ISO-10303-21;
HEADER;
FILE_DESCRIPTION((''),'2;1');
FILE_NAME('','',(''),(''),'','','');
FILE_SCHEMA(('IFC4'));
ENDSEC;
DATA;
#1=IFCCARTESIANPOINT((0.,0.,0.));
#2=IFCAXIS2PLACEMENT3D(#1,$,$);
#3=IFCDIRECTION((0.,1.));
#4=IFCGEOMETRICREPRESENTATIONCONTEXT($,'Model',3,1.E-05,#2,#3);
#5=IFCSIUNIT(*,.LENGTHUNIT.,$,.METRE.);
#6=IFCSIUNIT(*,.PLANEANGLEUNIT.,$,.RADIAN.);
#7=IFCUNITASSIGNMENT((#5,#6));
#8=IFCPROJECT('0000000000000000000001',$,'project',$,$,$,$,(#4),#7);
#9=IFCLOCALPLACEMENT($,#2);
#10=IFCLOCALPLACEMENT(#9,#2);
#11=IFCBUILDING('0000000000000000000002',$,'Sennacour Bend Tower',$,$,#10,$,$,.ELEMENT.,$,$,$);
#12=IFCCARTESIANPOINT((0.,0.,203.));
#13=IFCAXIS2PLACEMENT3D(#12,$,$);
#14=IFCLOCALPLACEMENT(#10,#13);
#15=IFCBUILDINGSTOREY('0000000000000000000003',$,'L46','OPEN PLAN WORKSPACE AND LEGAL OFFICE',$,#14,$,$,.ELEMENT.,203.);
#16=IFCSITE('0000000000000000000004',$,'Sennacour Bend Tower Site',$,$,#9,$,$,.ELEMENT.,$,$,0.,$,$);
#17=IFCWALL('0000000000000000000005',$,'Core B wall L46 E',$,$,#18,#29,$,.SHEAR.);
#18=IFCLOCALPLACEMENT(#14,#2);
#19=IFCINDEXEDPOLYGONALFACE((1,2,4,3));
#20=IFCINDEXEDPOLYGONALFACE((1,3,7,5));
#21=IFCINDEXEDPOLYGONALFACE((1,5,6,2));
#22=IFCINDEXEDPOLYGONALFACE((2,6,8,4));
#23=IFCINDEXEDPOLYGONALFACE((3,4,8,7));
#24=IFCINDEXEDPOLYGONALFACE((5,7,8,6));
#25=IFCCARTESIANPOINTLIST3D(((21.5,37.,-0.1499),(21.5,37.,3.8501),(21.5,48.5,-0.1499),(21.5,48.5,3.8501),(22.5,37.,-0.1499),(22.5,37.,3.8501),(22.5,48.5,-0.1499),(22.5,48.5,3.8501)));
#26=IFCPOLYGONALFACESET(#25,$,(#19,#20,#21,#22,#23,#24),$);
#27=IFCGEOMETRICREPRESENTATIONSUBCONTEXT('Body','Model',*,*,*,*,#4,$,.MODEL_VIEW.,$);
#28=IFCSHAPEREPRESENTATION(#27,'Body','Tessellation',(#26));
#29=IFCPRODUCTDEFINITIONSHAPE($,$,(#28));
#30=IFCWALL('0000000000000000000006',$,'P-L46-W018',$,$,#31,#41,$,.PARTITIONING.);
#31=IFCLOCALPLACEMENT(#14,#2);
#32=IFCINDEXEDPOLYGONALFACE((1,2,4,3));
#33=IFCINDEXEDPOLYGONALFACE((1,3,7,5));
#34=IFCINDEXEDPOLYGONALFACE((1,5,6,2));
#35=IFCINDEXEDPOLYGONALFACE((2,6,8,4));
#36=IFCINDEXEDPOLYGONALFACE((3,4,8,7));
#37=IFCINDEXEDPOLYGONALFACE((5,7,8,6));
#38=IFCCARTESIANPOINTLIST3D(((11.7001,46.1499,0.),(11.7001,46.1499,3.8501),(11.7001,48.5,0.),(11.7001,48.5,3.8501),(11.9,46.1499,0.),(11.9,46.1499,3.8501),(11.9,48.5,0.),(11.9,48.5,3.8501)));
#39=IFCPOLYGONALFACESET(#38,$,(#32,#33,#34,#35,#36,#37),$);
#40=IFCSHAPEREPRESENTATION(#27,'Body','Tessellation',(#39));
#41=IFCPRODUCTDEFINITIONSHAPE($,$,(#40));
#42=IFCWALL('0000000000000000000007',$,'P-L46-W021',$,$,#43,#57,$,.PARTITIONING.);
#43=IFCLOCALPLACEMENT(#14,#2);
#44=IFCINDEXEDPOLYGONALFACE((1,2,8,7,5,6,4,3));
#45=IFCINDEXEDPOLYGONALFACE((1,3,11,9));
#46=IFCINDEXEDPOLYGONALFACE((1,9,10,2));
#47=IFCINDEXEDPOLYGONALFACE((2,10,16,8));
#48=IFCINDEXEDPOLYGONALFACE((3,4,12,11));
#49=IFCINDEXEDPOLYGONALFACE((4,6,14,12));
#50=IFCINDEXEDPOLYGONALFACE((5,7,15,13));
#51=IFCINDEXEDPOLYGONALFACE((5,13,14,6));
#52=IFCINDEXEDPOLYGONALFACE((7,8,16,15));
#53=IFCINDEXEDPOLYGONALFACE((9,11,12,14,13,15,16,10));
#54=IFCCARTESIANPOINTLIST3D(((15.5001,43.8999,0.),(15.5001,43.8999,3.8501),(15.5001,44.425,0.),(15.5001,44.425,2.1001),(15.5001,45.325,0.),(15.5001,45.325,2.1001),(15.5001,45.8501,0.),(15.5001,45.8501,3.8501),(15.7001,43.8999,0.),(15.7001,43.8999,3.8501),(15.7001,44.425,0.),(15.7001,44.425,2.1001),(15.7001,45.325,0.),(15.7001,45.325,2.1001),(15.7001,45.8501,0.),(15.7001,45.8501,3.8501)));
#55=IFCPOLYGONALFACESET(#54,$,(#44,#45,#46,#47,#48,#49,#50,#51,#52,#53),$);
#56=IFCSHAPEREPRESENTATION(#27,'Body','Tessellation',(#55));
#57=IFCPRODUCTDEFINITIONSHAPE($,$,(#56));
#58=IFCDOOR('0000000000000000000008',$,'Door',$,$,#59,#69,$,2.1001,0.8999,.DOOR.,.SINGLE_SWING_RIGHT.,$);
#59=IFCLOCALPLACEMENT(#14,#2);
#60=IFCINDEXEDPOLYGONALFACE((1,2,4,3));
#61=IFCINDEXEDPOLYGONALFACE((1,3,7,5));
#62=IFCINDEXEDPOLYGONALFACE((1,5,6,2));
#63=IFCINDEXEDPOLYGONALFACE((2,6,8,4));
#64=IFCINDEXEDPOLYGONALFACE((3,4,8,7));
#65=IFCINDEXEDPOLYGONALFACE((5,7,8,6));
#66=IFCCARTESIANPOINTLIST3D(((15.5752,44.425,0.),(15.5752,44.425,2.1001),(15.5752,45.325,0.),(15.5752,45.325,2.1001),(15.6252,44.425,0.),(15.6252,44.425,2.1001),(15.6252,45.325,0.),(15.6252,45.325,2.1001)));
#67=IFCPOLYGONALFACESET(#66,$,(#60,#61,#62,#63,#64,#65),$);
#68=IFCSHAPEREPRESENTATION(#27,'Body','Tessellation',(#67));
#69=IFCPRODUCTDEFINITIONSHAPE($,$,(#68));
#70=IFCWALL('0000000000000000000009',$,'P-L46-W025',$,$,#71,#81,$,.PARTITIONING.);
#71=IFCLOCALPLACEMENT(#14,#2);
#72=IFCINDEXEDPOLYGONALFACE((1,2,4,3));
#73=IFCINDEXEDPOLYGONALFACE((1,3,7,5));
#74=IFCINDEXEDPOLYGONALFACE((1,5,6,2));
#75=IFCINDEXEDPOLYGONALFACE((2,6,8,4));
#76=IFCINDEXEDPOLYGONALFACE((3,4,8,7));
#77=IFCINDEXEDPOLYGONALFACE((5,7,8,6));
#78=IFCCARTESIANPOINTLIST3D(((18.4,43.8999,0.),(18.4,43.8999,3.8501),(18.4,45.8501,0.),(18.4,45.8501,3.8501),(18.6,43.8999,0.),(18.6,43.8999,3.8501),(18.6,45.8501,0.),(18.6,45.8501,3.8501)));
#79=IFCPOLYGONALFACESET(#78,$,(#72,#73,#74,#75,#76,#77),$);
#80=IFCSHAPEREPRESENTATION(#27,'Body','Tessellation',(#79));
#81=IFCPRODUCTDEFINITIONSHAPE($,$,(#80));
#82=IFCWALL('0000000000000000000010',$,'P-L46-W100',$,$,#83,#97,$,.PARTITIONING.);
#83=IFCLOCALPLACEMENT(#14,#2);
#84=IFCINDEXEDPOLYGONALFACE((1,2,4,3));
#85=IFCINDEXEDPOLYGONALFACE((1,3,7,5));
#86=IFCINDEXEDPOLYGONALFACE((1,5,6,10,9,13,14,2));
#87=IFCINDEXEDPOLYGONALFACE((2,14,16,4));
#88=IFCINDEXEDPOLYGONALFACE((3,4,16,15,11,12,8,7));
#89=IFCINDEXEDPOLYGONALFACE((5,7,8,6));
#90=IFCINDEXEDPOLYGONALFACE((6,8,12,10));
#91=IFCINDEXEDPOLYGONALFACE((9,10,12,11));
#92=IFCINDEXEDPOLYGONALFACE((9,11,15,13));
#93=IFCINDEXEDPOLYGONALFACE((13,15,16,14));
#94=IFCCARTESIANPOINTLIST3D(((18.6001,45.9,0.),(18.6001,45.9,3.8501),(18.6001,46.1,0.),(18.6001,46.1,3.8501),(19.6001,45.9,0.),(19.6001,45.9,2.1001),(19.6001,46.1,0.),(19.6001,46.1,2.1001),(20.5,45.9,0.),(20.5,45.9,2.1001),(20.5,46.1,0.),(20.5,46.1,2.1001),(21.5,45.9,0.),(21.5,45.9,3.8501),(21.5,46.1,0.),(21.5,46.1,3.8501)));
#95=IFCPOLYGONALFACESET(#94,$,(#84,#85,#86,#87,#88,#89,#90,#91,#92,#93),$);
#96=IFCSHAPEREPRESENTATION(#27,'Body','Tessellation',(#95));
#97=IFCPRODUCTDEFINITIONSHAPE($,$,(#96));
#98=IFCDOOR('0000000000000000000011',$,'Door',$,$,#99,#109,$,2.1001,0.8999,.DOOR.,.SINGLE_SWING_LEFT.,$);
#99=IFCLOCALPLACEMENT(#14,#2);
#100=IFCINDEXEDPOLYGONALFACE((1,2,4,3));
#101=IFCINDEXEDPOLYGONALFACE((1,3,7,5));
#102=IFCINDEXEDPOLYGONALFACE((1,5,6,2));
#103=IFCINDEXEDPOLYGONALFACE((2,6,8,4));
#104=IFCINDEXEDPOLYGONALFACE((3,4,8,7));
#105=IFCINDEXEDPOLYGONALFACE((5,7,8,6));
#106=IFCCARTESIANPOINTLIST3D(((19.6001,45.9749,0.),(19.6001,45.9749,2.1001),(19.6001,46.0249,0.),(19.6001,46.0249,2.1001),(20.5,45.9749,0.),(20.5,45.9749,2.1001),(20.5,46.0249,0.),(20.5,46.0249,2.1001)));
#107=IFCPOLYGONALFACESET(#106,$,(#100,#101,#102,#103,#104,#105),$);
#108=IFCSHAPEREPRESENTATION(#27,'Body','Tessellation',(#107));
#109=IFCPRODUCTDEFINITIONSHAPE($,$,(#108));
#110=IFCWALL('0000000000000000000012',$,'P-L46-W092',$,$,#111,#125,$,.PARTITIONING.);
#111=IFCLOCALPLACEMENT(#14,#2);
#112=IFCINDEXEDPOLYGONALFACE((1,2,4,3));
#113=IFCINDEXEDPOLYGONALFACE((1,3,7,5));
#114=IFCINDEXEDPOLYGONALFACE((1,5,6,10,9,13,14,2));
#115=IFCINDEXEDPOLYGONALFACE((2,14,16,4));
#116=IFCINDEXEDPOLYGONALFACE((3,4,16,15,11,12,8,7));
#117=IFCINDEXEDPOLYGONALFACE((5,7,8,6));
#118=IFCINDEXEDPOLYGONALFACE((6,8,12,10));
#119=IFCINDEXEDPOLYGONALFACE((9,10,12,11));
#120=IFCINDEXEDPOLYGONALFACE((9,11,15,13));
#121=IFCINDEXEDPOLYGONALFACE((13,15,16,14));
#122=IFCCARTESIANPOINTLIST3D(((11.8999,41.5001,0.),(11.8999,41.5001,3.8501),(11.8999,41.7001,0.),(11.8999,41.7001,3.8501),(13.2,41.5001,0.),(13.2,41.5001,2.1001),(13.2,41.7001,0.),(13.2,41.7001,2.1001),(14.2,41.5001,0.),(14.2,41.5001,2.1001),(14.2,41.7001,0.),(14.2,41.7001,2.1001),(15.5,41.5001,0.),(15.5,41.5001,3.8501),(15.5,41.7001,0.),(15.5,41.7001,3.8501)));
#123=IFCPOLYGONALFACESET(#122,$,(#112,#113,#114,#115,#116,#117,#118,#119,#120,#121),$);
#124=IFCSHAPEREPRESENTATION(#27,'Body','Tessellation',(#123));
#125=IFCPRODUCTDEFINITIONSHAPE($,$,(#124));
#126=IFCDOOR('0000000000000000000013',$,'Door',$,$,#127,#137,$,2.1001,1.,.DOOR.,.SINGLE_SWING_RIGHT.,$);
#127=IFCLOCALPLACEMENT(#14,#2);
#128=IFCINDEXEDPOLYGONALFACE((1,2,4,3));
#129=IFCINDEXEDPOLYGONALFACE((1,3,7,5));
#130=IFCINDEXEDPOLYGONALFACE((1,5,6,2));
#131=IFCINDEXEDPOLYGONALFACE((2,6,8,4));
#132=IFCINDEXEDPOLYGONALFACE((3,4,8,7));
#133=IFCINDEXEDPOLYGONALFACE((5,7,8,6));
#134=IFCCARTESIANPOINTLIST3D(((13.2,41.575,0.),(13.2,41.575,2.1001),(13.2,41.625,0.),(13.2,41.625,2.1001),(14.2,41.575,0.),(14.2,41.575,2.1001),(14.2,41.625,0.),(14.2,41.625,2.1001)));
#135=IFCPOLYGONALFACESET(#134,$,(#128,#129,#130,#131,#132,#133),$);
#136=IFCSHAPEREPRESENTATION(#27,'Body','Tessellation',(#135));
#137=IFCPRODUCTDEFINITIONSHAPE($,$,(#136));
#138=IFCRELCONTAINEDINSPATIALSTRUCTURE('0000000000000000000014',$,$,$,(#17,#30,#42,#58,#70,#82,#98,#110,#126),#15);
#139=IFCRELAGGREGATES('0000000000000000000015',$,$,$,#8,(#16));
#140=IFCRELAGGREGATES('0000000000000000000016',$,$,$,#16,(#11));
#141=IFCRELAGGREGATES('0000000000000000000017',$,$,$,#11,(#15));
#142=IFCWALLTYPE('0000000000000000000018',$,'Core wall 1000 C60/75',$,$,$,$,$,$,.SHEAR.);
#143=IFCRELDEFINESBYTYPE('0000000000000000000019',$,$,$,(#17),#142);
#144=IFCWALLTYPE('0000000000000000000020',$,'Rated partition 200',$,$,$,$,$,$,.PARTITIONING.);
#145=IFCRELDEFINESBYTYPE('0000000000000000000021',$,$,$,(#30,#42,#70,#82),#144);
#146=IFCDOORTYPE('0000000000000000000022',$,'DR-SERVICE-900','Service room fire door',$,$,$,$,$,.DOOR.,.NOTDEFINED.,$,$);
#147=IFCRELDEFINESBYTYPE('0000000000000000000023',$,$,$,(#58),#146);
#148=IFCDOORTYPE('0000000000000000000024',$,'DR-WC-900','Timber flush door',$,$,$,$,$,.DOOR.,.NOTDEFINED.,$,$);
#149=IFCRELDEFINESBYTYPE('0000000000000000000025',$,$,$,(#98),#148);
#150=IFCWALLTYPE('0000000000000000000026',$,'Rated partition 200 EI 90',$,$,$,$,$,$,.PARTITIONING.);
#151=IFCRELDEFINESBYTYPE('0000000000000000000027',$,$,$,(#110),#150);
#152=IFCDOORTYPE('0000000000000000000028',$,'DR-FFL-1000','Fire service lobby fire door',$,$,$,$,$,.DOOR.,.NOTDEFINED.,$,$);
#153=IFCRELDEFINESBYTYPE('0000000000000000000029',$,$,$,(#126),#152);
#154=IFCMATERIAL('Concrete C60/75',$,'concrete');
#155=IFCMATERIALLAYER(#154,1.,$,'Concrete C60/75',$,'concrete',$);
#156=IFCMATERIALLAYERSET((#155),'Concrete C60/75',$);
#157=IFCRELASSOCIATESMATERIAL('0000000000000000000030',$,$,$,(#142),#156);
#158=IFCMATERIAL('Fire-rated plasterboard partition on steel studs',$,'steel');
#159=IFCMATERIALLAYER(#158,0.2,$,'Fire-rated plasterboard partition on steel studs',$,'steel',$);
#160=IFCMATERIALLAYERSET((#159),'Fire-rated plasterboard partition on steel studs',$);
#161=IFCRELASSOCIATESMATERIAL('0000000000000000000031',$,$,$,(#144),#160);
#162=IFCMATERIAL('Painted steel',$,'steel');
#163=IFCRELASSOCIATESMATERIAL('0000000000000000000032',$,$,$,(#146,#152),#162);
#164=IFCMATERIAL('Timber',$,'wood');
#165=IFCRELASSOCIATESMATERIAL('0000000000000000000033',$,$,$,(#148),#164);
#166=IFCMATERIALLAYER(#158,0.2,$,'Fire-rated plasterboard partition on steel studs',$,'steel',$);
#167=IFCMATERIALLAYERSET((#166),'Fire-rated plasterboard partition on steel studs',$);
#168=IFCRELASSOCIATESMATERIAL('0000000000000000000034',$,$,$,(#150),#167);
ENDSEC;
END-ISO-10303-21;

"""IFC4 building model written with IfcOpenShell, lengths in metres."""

from ifc_helpers import new_model, si_unit, direction, frame, frame_2d, origin, place, context, subcontext, project, spatial, rectangle, extrude, material, layer, layer_set, type_object, element, fill, save


model = new_model("IFC4")

# Units and contexts
model_context = context("Model", 3, precision=1e-05, world=origin(), true_north=direction((0.0, 1.0)))
body_context = subcontext(model_context, "Body", "Model", "MODEL_VIEW")
ifc_project = project(units=[si_unit("LENGTHUNIT", "METRE"), si_unit("PLANEANGLEUNIT", "RADIAN")], contexts=[model_context])

# Site, building, storey
site_placement = place(None, origin())
site = spatial("IfcSite", under=ifc_project, at=site_placement, Name="Sennacour Bend Tower Site", CompositionType="ELEMENT", RefElevation=0.0)
building_placement = place(site_placement, origin())
building = spatial("IfcBuilding", under=site, at=building_placement, Name="Sennacour Bend Tower", CompositionType="ELEMENT")
storey_placement = place(building_placement, frame((0.0, 0.0, 203.0)))
storey = spatial("IfcBuildingStorey", under=building, at=storey_placement, Name="L46", Description="OPEN PLAN WORKSPACE AND LEGAL OFFICE", CompositionType="ELEMENT", Elevation=203.0)

# Walls
ifc_material_1 = material(Name="Concrete C60/75", Category="concrete")
ifc_layer_1 = layer(ifc_material_1, 1.0, Name="Concrete C60/75", Category="concrete")
ifc_layer_set_1 = layer_set([ifc_layer_1], Name="Concrete C60/75")
wall_type_1 = type_object("IfcWallType", Name="Core wall 1000 C60/75", PredefinedType="SHEAR", material=ifc_layer_set_1)
wall_1_placement = place(storey_placement, frame((22.0, 37.0, -0.1499), z_axis=(0.0, 0.0, 1.0), x_axis=(0.0, 1.0, 0.0)))
element("IfcWall", 1, at=wall_1_placement, inside=storey, type_object=wall_type_1, Name="Core B wall L46 E", PredefinedType="SHEAR", context=body_context, shape_type="SweptSolid", body=[
    extrude(rectangle(XDim=11.5, YDim=1.0, at=frame_2d((5.75, 0.0))), origin(), (0.0, 0.0, 1.0), 4.0),
])
ifc_material_2 = material(Name="Fire-rated plasterboard partition on steel studs", Category="steel")
ifc_layer_2 = layer(ifc_material_2, 0.2, Name="Fire-rated plasterboard partition on steel studs", Category="steel")
ifc_layer_set_2 = layer_set([ifc_layer_2], Name="Fire-rated plasterboard partition on steel studs")
wall_type_2 = type_object("IfcWallType", Name="Rated partition 200", PredefinedType="PARTITIONING", material=ifc_layer_set_2)
wall_2_placement = place(storey_placement, frame((11.8, 46.1499, 0.0), z_axis=(0.0, 0.0, 1.0), x_axis=(0.0, 1.0, 0.0)))
element("IfcWall", 2, at=wall_2_placement, inside=storey, type_object=wall_type_2, Name="P-L46-W018", PredefinedType="PARTITIONING", context=body_context, shape_type="SweptSolid", body=[
    extrude(rectangle(XDim=2.3501, YDim=0.2, at=frame_2d((1.175, 0.0))), origin(), (0.0, 0.0, 1.0), 3.8501),
])

# Wall, opening, door
wall_3_placement = place(storey_placement, frame((15.6001, 43.8999, 0.0), z_axis=(0.0, 0.0, 1.0), x_axis=(0.0, 1.0, 0.0)))
wall_3 = element("IfcWall", 3, at=wall_3_placement, inside=storey, type_object=wall_type_2, Name="P-L46-W021", PredefinedType="PARTITIONING", context=body_context, shape_type="SweptSolid", body=[
    extrude(rectangle(XDim=1.9502, YDim=0.2, at=frame_2d((0.9751, 0.0))), origin(), (0.0, 0.0, 1.0), 3.8501),
])
opening_1_placement = place(wall_3_placement, frame((0.5251, 0.0, 0.0)))
opening_1 = element("IfcOpeningElement", 4, at=opening_1_placement, cuts=wall_3, PredefinedType="OPENING", context=body_context, shape_type="SweptSolid", body=[
    extrude(rectangle(XDim=0.8999, YDim=2.1001, at=frame_2d((0.45, 1.05))), frame((0.0, 0.1099, 0.0), z_axis=(0.0, -1.0, 0.0), x_axis=(1.0, 0.0, 0.0)), (0.0, 0.0, 1.0), 0.22),
])
ifc_material_3 = material(Name="Painted steel", Category="steel")
door_type_1 = type_object("IfcDoorType", Name="DR-SERVICE-900", Description="Service room fire door", OperationType="NOTDEFINED", PredefinedType="DOOR", material=ifc_material_3)
door_1_placement = place(opening_1_placement, origin())
door_1 = element("IfcDoor", 5, at=door_1_placement, inside=storey, type_object=door_type_1, Name="Door", OperationType="SINGLE_SWING_RIGHT", OverallHeight=2.1001, OverallWidth=0.8999, PredefinedType="DOOR", context=body_context, shape_type="SweptSolid", body=[
    extrude(rectangle(XDim=0.8999, YDim=2.1001, at=frame_2d((0.45, 1.05))), frame((0.0, 0.0249, 0.0), z_axis=(0.0, -1.0, 0.0), x_axis=(1.0, 0.0, 0.0)), (0.0, 0.0, 1.0), 0.05),
])
fill(opening_1, door_1)

# Wall
wall_4_placement = place(storey_placement, frame((18.5, 43.8999, 0.0), z_axis=(0.0, 0.0, 1.0), x_axis=(0.0, 1.0, 0.0)))
element("IfcWall", 6, at=wall_4_placement, inside=storey, type_object=wall_type_2, Name="P-L46-W025", PredefinedType="PARTITIONING", context=body_context, shape_type="SweptSolid", body=[
    extrude(rectangle(XDim=1.9502, YDim=0.2, at=frame_2d((0.9751, 0.0))), origin(), (0.0, 0.0, 1.0), 3.8501),
])

# Walls, openings, doors
wall_5_placement = place(storey_placement, frame((18.6001, 46.0, 0.0), z_axis=(0.0, 0.0, 1.0), x_axis=(1.0, 0.0, 0.0)))
wall_5 = element("IfcWall", 7, at=wall_5_placement, inside=storey, type_object=wall_type_2, Name="P-L46-W100", PredefinedType="PARTITIONING", context=body_context, shape_type="SweptSolid", body=[
    extrude(rectangle(XDim=2.8999, YDim=0.2, at=frame_2d((1.45, 0.0))), origin(), (0.0, 0.0, 1.0), 3.8501),
])
opening_2_placement = place(wall_5_placement, frame((1.0, 0.0, 0.0)))
opening_2 = element("IfcOpeningElement", 8, at=opening_2_placement, cuts=wall_5, PredefinedType="OPENING", context=body_context, shape_type="SweptSolid", body=[
    extrude(rectangle(XDim=0.8999, YDim=2.1001, at=frame_2d((0.45, 1.05))), frame((0.0, 0.1099, 0.0), z_axis=(0.0, -1.0, 0.0), x_axis=(1.0, 0.0, 0.0)), (0.0, 0.0, 1.0), 0.22),
])
ifc_material_4 = material(Name="Timber", Category="wood")
door_type_2 = type_object("IfcDoorType", Name="DR-WC-900", Description="Timber flush door", OperationType="NOTDEFINED", PredefinedType="DOOR", material=ifc_material_4)
door_2_placement = place(opening_2_placement, origin())
door_2 = element("IfcDoor", 9, at=door_2_placement, inside=storey, type_object=door_type_2, Name="Door", OperationType="SINGLE_SWING_LEFT", OverallHeight=2.1001, OverallWidth=0.8999, PredefinedType="DOOR", context=body_context, shape_type="SweptSolid", body=[
    extrude(rectangle(XDim=0.8999, YDim=2.1001, at=frame_2d((0.45, 1.05))), frame((0.0, 0.0249, 0.0), z_axis=(0.0, -1.0, 0.0), x_axis=(1.0, 0.0, 0.0)), (0.0, 0.0, 1.0), 0.05),
])
fill(opening_2, door_2)
ifc_layer_3 = layer(ifc_material_2, 0.2, Name="Fire-rated plasterboard partition on steel studs", Category="steel")
ifc_layer_set_3 = layer_set([ifc_layer_3], Name="Fire-rated plasterboard partition on steel studs")
wall_type_3 = type_object("IfcWallType", Name="Rated partition 200 EI 90", PredefinedType="PARTITIONING", material=ifc_layer_set_3)
wall_6_placement = place(storey_placement, frame((11.8999, 41.6001, 0.0), z_axis=(0.0, 0.0, 1.0), x_axis=(1.0, 0.0, 0.0)))
wall_6 = element("IfcWall", 10, at=wall_6_placement, inside=storey, type_object=wall_type_3, Name="P-L46-W092", PredefinedType="PARTITIONING", context=body_context, shape_type="SweptSolid", body=[
    extrude(rectangle(XDim=3.6001, YDim=0.2, at=frame_2d((1.8, 0.0))), origin(), (0.0, 0.0, 1.0), 3.8501),
])
opening_3_placement = place(wall_6_placement, frame((1.3, 0.0, 0.0)))
opening_3 = element("IfcOpeningElement", 11, at=opening_3_placement, cuts=wall_6, PredefinedType="OPENING", context=body_context, shape_type="SweptSolid", body=[
    extrude(rectangle(XDim=1.0, YDim=2.1001, at=frame_2d((0.5, 1.05))), frame((0.0, 0.1099, 0.0), z_axis=(0.0, -1.0, 0.0), x_axis=(1.0, 0.0, 0.0)), (0.0, 0.0, 1.0), 0.22),
])
door_type_3 = type_object("IfcDoorType", Name="DR-FFL-1000", Description="Fire service lobby fire door", OperationType="NOTDEFINED", PredefinedType="DOOR", material=ifc_material_3)
door_3_placement = place(opening_3_placement, origin())
door_3 = element("IfcDoor", 12, at=door_3_placement, inside=storey, type_object=door_type_3, Name="Door", OperationType="SINGLE_SWING_RIGHT", OverallHeight=2.1001, OverallWidth=1.0, PredefinedType="DOOR", context=body_context, shape_type="SweptSolid", body=[
    extrude(rectangle(XDim=1.0, YDim=2.1001, at=frame_2d((0.5, 1.05))), frame((0.0, 0.0249, 0.0), z_axis=(0.0, -1.0, 0.0), x_axis=(1.0, 0.0, 0.0)), (0.0, 0.0, 1.0), 0.05),
])
fill(opening_3, door_3)

save(model, "model.ifc")
